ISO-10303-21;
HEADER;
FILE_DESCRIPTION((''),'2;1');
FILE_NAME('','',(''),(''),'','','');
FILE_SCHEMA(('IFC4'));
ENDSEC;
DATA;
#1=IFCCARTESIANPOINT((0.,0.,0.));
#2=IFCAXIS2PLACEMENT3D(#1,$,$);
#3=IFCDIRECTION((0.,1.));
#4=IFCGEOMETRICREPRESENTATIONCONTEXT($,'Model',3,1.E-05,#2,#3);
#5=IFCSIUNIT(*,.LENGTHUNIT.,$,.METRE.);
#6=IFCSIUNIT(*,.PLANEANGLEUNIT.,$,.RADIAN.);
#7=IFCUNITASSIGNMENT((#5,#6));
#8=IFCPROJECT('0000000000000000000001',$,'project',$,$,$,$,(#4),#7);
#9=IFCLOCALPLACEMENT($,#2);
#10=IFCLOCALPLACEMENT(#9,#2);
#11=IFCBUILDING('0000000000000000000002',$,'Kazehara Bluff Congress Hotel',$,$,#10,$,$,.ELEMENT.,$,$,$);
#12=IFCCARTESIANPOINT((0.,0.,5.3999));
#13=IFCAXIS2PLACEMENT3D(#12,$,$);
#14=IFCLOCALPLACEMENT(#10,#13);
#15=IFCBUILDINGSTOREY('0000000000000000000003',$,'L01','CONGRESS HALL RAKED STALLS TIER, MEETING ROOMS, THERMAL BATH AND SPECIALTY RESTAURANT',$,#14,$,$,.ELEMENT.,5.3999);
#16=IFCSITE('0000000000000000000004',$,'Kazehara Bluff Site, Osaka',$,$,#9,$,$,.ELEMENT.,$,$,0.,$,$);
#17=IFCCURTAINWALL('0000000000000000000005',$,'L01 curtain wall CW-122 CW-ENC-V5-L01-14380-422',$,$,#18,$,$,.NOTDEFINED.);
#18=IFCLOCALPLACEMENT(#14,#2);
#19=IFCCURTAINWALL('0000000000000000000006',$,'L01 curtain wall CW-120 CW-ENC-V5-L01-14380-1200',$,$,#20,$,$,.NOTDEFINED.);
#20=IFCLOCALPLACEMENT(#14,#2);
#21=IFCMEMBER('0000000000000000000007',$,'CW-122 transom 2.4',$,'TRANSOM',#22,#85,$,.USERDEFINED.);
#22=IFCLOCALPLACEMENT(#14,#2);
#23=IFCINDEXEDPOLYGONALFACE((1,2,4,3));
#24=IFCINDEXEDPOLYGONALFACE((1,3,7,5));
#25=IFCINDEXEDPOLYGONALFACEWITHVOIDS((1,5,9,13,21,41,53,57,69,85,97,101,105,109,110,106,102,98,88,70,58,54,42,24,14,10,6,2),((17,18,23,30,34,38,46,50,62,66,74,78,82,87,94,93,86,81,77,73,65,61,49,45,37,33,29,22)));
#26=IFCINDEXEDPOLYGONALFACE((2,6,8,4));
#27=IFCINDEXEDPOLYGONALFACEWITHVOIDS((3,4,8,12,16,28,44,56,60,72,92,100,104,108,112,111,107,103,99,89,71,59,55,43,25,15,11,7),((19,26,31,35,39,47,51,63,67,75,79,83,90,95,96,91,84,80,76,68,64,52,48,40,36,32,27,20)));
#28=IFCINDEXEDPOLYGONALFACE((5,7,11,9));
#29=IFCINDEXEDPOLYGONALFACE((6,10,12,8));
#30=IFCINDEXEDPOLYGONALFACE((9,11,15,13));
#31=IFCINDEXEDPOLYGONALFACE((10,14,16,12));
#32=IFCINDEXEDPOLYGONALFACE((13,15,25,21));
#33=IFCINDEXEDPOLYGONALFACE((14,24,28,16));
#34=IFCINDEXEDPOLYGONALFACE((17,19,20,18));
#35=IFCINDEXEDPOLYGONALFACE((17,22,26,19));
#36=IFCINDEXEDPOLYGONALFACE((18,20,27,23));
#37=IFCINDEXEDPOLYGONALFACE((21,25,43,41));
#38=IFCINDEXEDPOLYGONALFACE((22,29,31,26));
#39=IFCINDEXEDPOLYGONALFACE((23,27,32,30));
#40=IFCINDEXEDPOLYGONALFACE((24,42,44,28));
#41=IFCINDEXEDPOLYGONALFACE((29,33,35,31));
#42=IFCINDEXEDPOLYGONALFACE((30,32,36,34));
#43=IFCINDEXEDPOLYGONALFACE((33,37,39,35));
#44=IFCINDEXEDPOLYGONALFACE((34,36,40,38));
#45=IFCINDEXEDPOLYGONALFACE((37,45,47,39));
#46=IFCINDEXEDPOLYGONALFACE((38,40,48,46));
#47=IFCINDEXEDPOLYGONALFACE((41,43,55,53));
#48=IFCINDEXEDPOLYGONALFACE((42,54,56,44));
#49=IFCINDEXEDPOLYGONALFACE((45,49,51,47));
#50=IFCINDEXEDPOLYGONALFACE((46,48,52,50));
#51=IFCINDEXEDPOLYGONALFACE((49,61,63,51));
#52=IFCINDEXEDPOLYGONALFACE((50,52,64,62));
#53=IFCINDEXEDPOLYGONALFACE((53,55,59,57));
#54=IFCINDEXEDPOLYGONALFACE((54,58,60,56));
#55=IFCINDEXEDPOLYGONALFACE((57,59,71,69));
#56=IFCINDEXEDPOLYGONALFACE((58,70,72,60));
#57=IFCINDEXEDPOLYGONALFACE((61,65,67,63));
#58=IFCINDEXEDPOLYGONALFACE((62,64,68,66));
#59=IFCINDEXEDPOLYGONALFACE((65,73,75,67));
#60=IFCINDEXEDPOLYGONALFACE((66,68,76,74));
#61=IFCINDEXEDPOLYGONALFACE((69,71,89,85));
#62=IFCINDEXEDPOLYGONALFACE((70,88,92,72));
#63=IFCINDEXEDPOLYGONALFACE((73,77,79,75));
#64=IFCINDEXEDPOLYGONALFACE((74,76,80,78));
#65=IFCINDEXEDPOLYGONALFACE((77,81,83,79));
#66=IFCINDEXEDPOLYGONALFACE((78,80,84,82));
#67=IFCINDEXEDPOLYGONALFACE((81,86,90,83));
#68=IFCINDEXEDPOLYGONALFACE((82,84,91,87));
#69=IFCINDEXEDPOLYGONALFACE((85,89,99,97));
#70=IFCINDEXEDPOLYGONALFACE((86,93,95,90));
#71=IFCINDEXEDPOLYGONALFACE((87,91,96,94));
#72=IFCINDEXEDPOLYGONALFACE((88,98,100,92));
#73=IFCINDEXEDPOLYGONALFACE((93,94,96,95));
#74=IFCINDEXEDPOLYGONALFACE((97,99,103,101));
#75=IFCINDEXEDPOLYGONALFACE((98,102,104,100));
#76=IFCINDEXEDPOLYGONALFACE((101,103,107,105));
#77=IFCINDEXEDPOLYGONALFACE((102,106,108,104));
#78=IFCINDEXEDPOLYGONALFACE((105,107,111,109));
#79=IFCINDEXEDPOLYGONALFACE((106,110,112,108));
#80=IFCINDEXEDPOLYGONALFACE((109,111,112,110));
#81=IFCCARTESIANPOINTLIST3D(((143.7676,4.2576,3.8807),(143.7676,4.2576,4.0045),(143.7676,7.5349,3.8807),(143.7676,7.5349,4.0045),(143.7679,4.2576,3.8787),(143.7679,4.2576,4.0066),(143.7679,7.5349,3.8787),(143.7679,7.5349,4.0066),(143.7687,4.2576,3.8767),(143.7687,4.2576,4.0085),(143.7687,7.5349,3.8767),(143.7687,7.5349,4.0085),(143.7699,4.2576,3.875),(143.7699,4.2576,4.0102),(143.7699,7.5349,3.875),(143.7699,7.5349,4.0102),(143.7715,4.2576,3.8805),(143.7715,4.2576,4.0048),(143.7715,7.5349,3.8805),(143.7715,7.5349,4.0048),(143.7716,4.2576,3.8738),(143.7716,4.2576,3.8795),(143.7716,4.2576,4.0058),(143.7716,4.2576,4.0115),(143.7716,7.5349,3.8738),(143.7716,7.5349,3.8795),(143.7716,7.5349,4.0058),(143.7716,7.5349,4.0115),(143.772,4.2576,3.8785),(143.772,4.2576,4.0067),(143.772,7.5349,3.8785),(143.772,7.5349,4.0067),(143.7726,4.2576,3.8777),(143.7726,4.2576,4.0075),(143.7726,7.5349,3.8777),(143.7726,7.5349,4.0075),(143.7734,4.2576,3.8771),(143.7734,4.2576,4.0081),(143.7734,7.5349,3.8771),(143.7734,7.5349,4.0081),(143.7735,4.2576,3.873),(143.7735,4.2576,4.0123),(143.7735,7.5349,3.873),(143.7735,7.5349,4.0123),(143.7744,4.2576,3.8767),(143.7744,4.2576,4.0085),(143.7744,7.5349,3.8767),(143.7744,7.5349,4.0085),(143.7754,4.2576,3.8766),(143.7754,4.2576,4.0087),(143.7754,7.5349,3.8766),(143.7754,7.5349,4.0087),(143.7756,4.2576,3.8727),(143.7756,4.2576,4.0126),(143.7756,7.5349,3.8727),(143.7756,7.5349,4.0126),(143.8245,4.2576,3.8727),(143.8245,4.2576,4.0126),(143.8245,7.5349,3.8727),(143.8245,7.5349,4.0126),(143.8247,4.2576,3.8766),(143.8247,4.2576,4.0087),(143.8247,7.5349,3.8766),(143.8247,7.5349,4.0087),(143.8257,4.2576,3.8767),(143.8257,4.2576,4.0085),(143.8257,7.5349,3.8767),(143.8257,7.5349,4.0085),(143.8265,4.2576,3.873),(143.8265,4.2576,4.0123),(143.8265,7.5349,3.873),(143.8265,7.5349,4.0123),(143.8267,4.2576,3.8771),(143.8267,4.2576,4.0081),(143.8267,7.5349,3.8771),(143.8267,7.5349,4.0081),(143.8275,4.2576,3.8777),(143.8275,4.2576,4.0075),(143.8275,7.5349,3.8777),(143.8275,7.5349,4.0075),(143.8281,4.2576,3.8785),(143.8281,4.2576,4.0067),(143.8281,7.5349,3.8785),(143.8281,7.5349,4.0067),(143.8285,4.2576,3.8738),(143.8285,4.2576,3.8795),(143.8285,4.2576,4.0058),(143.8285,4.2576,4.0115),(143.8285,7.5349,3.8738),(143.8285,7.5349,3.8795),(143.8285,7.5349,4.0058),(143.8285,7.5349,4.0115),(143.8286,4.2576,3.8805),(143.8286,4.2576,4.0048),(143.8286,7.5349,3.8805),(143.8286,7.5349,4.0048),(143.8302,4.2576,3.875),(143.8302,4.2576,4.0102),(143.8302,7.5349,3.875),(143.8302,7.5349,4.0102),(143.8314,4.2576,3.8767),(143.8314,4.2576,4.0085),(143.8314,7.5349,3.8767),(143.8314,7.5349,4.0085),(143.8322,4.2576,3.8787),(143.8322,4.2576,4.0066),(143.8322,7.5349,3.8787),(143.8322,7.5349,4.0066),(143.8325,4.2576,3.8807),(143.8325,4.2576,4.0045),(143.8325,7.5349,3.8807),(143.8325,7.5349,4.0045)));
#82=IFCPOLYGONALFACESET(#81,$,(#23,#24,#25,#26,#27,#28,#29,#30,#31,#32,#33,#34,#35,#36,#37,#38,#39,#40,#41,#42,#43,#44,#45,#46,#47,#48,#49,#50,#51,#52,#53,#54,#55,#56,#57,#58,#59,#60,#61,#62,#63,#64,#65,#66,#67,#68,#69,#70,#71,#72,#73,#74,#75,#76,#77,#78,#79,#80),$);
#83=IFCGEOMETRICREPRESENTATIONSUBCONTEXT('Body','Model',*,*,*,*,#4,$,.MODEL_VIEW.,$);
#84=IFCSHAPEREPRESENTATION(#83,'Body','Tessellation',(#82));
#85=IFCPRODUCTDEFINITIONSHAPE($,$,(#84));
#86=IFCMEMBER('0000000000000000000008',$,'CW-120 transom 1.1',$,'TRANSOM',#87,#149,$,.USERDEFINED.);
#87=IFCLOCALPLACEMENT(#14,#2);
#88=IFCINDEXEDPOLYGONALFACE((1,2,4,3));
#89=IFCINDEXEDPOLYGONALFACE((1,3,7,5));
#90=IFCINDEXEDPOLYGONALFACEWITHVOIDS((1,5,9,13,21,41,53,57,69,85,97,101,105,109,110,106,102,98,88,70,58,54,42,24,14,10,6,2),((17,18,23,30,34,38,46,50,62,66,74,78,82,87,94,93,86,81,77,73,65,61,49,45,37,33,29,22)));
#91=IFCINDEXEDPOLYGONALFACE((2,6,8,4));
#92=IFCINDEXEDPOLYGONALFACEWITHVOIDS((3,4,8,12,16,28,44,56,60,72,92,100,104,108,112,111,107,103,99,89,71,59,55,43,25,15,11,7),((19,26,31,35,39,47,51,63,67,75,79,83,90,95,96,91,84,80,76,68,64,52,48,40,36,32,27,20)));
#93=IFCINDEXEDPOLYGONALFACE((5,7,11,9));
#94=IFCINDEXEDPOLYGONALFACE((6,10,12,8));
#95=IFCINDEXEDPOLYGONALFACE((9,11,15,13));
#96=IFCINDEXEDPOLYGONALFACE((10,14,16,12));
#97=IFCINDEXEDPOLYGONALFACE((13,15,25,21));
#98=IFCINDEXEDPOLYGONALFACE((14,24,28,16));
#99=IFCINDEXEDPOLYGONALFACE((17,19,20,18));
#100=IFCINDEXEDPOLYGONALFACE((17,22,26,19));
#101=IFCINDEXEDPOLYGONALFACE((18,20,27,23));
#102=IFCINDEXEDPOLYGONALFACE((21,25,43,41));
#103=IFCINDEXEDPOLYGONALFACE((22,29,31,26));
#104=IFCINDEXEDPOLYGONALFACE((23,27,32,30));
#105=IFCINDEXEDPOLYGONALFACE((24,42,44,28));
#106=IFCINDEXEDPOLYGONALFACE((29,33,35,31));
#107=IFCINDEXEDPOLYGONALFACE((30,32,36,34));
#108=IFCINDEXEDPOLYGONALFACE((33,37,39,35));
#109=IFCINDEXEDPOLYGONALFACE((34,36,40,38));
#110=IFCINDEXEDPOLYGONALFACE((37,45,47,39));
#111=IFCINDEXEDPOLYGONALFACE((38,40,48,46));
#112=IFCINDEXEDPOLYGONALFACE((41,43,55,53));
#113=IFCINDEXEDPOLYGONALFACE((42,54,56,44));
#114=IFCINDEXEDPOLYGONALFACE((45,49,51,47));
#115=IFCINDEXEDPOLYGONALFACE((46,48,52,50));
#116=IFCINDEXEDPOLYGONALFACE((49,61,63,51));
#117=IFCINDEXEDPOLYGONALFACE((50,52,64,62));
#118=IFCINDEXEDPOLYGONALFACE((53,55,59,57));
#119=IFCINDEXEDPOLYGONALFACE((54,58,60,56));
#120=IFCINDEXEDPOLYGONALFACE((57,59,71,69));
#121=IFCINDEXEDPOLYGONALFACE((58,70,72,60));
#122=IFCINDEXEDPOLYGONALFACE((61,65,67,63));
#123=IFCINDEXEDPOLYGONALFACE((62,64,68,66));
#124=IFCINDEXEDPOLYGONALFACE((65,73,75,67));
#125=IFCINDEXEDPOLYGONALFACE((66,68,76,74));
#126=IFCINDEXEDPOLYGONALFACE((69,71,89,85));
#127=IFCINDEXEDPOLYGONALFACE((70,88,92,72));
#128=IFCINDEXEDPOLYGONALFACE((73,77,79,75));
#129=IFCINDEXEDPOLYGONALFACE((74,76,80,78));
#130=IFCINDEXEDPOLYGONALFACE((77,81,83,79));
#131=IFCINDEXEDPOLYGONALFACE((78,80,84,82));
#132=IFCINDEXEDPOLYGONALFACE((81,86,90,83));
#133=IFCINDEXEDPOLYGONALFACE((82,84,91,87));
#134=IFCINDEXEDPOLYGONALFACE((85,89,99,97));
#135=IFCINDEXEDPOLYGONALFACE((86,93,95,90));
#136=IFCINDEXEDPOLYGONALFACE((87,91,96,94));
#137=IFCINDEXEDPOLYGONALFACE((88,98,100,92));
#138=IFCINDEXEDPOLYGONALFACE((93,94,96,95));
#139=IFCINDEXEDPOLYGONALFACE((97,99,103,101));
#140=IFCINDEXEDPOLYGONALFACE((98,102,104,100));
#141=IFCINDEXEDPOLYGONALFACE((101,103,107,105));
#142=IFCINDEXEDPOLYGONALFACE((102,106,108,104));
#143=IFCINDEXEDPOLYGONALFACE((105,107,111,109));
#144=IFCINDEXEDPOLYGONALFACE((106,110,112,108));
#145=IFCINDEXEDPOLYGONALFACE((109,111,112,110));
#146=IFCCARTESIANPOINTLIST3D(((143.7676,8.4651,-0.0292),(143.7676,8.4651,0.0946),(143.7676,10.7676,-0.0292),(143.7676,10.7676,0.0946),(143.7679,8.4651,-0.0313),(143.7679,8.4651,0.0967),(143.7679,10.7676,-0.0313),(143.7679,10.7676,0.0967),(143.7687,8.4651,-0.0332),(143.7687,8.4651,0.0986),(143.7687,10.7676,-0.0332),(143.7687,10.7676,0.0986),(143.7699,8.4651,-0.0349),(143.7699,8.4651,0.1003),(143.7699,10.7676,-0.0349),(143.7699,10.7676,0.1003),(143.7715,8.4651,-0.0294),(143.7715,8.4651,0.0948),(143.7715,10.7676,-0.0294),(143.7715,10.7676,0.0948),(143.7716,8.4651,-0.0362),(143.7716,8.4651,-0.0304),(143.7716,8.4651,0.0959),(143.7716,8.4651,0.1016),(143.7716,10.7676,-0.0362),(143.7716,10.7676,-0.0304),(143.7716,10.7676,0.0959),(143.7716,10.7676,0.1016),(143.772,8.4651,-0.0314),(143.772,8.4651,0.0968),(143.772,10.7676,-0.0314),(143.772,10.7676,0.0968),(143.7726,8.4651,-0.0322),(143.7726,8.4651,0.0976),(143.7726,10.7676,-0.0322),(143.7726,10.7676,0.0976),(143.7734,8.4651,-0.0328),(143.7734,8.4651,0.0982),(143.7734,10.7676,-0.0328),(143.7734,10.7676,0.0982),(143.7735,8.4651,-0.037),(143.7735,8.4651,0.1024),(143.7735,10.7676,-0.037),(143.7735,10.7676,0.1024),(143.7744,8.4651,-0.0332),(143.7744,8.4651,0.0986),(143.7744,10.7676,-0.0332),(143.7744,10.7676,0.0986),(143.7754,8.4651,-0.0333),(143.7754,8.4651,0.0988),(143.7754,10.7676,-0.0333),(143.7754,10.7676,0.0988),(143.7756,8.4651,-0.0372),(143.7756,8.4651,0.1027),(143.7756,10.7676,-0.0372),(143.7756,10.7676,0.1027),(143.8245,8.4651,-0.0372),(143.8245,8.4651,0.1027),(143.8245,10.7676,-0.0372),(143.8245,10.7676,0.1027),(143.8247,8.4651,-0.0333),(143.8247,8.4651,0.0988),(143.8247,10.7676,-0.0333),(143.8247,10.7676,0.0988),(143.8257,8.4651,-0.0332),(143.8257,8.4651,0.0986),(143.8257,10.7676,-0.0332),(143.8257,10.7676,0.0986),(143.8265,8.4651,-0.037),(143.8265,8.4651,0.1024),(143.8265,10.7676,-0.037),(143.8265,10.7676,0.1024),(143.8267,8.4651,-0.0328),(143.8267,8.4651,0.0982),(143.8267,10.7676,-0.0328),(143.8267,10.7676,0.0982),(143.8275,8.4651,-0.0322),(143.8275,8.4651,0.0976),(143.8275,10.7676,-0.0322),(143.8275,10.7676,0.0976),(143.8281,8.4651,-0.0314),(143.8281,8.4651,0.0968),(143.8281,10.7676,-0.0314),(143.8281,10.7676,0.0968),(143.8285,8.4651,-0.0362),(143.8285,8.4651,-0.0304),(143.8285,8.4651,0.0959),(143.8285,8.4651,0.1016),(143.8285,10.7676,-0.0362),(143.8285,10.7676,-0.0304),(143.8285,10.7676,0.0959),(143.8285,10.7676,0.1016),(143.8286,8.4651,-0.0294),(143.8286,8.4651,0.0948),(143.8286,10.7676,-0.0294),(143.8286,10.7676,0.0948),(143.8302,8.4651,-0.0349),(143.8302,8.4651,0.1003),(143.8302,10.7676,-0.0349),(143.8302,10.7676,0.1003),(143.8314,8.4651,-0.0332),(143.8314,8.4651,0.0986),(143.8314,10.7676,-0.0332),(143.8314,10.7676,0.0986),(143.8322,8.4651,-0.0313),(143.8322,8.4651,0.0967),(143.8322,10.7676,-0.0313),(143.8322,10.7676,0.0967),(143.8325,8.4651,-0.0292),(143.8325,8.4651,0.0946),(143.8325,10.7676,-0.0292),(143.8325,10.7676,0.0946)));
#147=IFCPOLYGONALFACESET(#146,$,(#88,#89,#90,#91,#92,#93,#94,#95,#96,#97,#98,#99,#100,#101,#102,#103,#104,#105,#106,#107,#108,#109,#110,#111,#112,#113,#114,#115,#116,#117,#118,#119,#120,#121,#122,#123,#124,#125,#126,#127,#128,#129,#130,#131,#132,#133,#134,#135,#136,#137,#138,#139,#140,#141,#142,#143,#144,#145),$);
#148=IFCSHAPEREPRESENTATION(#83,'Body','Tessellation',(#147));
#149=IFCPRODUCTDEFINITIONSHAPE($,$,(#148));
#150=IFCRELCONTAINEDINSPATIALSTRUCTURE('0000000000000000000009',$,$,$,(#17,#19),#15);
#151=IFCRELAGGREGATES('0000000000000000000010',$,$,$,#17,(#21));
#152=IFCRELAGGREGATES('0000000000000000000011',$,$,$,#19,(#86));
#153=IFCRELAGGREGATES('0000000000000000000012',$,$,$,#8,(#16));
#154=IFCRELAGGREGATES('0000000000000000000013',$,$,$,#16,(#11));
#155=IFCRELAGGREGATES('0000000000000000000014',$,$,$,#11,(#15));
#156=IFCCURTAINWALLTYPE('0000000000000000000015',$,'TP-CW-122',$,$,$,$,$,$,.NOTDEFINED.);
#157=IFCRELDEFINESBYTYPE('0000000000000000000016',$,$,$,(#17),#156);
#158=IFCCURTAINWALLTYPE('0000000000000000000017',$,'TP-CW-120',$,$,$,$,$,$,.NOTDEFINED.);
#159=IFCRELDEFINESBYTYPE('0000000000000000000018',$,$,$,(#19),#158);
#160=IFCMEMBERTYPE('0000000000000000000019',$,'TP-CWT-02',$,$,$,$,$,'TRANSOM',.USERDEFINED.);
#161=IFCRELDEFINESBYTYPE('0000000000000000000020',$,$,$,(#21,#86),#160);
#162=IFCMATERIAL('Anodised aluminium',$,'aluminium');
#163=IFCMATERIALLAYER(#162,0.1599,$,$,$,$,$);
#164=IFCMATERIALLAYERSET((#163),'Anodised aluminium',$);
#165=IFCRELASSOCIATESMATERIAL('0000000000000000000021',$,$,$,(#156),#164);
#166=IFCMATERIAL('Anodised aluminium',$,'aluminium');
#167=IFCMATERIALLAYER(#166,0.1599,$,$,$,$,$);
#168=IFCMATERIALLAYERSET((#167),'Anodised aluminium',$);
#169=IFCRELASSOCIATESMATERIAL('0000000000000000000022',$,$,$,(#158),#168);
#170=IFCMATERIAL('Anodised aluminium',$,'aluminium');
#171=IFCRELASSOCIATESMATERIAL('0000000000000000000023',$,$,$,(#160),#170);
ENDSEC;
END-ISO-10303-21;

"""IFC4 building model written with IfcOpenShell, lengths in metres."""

from ifc_helpers import new_model, si_unit, direction, frame, origin, origin_2d, place, context, subcontext, project, spatial, hollow_rectangle, extrude, material, layer, layer_set, material_profile, profile_set, type_object, element, aggregate, save


model = new_model("IFC4")

# Units and contexts
model_context = context("Model", 3, precision=1e-05, world=origin(), true_north=direction((0.0, 1.0)))
body_context = subcontext(model_context, "Body", "Model", "MODEL_VIEW")
ifc_project = project(units=[si_unit("LENGTHUNIT", "METRE"), si_unit("PLANEANGLEUNIT", "RADIAN")], contexts=[model_context])

# Site, building, storey
site_placement = place(None, origin())
site = spatial("IfcSite", under=ifc_project, at=site_placement, Name="Kazehara Bluff Site, Osaka", CompositionType="ELEMENT", RefElevation=0.0)
building_placement = place(site_placement, origin())
building = spatial("IfcBuilding", under=site, at=building_placement, Name="Kazehara Bluff Congress Hotel", CompositionType="ELEMENT")
storey_placement = place(building_placement, frame((0.0, 0.0, 5.3999)))
storey = spatial("IfcBuildingStorey", under=building, at=storey_placement, Name="L01", Description="CONGRESS HALL RAKED STALLS TIER, MEETING ROOMS, THERMAL BATH AND SPECIALTY RESTAURANT", CompositionType="ELEMENT", Elevation=5.3999)

# Curtain walls
ifc_material_1 = material(Name="Anodised aluminium", Category="aluminium")
ifc_layer_1 = layer(ifc_material_1, 0.1599)
ifc_layer_set_1 = layer_set([ifc_layer_1], Name="Anodised aluminium")
curtain_wall_type_1 = type_object("IfcCurtainWallType", Name="TP-CW-122", PredefinedType="NOTDEFINED", material=ifc_layer_set_1)
curtain_wall_1_placement = place(storey_placement, origin())
curtain_wall_1 = element("IfcCurtainWall", 1, at=curtain_wall_1_placement, inside=storey, type_object=curtain_wall_type_1, Name="L01 curtain wall CW-122 CW-ENC-V5-L01-14380-422", PredefinedType="NOTDEFINED")
ifc_material_2 = material(Name="Anodised aluminium", Category="aluminium")
ifc_layer_2 = layer(ifc_material_2, 0.1599)
ifc_layer_set_2 = layer_set([ifc_layer_2], Name="Anodised aluminium")
curtain_wall_type_2 = type_object("IfcCurtainWallType", Name="TP-CW-120", PredefinedType="NOTDEFINED", material=ifc_layer_set_2)
curtain_wall_2_placement = place(storey_placement, origin())
curtain_wall_2 = element("IfcCurtainWall", 2, at=curtain_wall_2_placement, inside=storey, type_object=curtain_wall_type_2, Name="L01 curtain wall CW-120 CW-ENC-V5-L01-14380-1200", PredefinedType="NOTDEFINED")

# Members
ifc_material_3 = material(Name="Anodised aluminium", Category="aluminium")
ifc_material_profile_1 = material_profile(ifc_material_3, hollow_rectangle(XDim=0.0649, YDim=0.1399, WallThickness=0.0039, InnerFilletRadius=0.0039, OuterFilletRadius=0.0081, at=origin_2d()))
ifc_profile_set_1 = profile_set([ifc_material_profile_1], Name="Anodised aluminium")
member_type_1 = type_object("IfcMemberType", Name="TP-CWT-02", ElementType="TRANSOM", PredefinedType="USERDEFINED", material=ifc_profile_set_1)
member_1_placement = place(storey_placement, frame((143.8, 4.2576, 3.9426), z_axis=(0.0, 1.0, 0.0), x_axis=(-1.0, 0.0, 0.0)))
member_1 = element("IfcMember", 3, at=member_1_placement, type_object=member_type_1, Name="CW-122 transom 2.4", ObjectType="TRANSOM", PredefinedType="USERDEFINED", context=body_context, shape_type="SweptSolid", body=[
    extrude(hollow_rectangle(XDim=0.0649, YDim=0.1399, WallThickness=0.0039, InnerFilletRadius=0.0039, OuterFilletRadius=0.0081, at=origin_2d()), origin(), (0.0, 0.0, 1.0), 3.2773),
])
member_2_placement = place(storey_placement, frame((143.8, 8.4651, 0.0327), z_axis=(0.0, 1.0, 0.0), x_axis=(-1.0, 0.0, 0.0)))
member_2 = element("IfcMember", 4, at=member_2_placement, type_object=member_type_1, Name="CW-120 transom 1.1", ObjectType="TRANSOM", PredefinedType="USERDEFINED", context=body_context, shape_type="SweptSolid", body=[
    extrude(hollow_rectangle(XDim=0.0649, YDim=0.1399, WallThickness=0.0039, InnerFilletRadius=0.0039, OuterFilletRadius=0.0081, at=origin_2d()), origin(), (0.0, 0.0, 1.0), 2.3025),
])

aggregate(curtain_wall_1, [member_1])
aggregate(curtain_wall_2, [member_2])

save(model, "model.ifc")
